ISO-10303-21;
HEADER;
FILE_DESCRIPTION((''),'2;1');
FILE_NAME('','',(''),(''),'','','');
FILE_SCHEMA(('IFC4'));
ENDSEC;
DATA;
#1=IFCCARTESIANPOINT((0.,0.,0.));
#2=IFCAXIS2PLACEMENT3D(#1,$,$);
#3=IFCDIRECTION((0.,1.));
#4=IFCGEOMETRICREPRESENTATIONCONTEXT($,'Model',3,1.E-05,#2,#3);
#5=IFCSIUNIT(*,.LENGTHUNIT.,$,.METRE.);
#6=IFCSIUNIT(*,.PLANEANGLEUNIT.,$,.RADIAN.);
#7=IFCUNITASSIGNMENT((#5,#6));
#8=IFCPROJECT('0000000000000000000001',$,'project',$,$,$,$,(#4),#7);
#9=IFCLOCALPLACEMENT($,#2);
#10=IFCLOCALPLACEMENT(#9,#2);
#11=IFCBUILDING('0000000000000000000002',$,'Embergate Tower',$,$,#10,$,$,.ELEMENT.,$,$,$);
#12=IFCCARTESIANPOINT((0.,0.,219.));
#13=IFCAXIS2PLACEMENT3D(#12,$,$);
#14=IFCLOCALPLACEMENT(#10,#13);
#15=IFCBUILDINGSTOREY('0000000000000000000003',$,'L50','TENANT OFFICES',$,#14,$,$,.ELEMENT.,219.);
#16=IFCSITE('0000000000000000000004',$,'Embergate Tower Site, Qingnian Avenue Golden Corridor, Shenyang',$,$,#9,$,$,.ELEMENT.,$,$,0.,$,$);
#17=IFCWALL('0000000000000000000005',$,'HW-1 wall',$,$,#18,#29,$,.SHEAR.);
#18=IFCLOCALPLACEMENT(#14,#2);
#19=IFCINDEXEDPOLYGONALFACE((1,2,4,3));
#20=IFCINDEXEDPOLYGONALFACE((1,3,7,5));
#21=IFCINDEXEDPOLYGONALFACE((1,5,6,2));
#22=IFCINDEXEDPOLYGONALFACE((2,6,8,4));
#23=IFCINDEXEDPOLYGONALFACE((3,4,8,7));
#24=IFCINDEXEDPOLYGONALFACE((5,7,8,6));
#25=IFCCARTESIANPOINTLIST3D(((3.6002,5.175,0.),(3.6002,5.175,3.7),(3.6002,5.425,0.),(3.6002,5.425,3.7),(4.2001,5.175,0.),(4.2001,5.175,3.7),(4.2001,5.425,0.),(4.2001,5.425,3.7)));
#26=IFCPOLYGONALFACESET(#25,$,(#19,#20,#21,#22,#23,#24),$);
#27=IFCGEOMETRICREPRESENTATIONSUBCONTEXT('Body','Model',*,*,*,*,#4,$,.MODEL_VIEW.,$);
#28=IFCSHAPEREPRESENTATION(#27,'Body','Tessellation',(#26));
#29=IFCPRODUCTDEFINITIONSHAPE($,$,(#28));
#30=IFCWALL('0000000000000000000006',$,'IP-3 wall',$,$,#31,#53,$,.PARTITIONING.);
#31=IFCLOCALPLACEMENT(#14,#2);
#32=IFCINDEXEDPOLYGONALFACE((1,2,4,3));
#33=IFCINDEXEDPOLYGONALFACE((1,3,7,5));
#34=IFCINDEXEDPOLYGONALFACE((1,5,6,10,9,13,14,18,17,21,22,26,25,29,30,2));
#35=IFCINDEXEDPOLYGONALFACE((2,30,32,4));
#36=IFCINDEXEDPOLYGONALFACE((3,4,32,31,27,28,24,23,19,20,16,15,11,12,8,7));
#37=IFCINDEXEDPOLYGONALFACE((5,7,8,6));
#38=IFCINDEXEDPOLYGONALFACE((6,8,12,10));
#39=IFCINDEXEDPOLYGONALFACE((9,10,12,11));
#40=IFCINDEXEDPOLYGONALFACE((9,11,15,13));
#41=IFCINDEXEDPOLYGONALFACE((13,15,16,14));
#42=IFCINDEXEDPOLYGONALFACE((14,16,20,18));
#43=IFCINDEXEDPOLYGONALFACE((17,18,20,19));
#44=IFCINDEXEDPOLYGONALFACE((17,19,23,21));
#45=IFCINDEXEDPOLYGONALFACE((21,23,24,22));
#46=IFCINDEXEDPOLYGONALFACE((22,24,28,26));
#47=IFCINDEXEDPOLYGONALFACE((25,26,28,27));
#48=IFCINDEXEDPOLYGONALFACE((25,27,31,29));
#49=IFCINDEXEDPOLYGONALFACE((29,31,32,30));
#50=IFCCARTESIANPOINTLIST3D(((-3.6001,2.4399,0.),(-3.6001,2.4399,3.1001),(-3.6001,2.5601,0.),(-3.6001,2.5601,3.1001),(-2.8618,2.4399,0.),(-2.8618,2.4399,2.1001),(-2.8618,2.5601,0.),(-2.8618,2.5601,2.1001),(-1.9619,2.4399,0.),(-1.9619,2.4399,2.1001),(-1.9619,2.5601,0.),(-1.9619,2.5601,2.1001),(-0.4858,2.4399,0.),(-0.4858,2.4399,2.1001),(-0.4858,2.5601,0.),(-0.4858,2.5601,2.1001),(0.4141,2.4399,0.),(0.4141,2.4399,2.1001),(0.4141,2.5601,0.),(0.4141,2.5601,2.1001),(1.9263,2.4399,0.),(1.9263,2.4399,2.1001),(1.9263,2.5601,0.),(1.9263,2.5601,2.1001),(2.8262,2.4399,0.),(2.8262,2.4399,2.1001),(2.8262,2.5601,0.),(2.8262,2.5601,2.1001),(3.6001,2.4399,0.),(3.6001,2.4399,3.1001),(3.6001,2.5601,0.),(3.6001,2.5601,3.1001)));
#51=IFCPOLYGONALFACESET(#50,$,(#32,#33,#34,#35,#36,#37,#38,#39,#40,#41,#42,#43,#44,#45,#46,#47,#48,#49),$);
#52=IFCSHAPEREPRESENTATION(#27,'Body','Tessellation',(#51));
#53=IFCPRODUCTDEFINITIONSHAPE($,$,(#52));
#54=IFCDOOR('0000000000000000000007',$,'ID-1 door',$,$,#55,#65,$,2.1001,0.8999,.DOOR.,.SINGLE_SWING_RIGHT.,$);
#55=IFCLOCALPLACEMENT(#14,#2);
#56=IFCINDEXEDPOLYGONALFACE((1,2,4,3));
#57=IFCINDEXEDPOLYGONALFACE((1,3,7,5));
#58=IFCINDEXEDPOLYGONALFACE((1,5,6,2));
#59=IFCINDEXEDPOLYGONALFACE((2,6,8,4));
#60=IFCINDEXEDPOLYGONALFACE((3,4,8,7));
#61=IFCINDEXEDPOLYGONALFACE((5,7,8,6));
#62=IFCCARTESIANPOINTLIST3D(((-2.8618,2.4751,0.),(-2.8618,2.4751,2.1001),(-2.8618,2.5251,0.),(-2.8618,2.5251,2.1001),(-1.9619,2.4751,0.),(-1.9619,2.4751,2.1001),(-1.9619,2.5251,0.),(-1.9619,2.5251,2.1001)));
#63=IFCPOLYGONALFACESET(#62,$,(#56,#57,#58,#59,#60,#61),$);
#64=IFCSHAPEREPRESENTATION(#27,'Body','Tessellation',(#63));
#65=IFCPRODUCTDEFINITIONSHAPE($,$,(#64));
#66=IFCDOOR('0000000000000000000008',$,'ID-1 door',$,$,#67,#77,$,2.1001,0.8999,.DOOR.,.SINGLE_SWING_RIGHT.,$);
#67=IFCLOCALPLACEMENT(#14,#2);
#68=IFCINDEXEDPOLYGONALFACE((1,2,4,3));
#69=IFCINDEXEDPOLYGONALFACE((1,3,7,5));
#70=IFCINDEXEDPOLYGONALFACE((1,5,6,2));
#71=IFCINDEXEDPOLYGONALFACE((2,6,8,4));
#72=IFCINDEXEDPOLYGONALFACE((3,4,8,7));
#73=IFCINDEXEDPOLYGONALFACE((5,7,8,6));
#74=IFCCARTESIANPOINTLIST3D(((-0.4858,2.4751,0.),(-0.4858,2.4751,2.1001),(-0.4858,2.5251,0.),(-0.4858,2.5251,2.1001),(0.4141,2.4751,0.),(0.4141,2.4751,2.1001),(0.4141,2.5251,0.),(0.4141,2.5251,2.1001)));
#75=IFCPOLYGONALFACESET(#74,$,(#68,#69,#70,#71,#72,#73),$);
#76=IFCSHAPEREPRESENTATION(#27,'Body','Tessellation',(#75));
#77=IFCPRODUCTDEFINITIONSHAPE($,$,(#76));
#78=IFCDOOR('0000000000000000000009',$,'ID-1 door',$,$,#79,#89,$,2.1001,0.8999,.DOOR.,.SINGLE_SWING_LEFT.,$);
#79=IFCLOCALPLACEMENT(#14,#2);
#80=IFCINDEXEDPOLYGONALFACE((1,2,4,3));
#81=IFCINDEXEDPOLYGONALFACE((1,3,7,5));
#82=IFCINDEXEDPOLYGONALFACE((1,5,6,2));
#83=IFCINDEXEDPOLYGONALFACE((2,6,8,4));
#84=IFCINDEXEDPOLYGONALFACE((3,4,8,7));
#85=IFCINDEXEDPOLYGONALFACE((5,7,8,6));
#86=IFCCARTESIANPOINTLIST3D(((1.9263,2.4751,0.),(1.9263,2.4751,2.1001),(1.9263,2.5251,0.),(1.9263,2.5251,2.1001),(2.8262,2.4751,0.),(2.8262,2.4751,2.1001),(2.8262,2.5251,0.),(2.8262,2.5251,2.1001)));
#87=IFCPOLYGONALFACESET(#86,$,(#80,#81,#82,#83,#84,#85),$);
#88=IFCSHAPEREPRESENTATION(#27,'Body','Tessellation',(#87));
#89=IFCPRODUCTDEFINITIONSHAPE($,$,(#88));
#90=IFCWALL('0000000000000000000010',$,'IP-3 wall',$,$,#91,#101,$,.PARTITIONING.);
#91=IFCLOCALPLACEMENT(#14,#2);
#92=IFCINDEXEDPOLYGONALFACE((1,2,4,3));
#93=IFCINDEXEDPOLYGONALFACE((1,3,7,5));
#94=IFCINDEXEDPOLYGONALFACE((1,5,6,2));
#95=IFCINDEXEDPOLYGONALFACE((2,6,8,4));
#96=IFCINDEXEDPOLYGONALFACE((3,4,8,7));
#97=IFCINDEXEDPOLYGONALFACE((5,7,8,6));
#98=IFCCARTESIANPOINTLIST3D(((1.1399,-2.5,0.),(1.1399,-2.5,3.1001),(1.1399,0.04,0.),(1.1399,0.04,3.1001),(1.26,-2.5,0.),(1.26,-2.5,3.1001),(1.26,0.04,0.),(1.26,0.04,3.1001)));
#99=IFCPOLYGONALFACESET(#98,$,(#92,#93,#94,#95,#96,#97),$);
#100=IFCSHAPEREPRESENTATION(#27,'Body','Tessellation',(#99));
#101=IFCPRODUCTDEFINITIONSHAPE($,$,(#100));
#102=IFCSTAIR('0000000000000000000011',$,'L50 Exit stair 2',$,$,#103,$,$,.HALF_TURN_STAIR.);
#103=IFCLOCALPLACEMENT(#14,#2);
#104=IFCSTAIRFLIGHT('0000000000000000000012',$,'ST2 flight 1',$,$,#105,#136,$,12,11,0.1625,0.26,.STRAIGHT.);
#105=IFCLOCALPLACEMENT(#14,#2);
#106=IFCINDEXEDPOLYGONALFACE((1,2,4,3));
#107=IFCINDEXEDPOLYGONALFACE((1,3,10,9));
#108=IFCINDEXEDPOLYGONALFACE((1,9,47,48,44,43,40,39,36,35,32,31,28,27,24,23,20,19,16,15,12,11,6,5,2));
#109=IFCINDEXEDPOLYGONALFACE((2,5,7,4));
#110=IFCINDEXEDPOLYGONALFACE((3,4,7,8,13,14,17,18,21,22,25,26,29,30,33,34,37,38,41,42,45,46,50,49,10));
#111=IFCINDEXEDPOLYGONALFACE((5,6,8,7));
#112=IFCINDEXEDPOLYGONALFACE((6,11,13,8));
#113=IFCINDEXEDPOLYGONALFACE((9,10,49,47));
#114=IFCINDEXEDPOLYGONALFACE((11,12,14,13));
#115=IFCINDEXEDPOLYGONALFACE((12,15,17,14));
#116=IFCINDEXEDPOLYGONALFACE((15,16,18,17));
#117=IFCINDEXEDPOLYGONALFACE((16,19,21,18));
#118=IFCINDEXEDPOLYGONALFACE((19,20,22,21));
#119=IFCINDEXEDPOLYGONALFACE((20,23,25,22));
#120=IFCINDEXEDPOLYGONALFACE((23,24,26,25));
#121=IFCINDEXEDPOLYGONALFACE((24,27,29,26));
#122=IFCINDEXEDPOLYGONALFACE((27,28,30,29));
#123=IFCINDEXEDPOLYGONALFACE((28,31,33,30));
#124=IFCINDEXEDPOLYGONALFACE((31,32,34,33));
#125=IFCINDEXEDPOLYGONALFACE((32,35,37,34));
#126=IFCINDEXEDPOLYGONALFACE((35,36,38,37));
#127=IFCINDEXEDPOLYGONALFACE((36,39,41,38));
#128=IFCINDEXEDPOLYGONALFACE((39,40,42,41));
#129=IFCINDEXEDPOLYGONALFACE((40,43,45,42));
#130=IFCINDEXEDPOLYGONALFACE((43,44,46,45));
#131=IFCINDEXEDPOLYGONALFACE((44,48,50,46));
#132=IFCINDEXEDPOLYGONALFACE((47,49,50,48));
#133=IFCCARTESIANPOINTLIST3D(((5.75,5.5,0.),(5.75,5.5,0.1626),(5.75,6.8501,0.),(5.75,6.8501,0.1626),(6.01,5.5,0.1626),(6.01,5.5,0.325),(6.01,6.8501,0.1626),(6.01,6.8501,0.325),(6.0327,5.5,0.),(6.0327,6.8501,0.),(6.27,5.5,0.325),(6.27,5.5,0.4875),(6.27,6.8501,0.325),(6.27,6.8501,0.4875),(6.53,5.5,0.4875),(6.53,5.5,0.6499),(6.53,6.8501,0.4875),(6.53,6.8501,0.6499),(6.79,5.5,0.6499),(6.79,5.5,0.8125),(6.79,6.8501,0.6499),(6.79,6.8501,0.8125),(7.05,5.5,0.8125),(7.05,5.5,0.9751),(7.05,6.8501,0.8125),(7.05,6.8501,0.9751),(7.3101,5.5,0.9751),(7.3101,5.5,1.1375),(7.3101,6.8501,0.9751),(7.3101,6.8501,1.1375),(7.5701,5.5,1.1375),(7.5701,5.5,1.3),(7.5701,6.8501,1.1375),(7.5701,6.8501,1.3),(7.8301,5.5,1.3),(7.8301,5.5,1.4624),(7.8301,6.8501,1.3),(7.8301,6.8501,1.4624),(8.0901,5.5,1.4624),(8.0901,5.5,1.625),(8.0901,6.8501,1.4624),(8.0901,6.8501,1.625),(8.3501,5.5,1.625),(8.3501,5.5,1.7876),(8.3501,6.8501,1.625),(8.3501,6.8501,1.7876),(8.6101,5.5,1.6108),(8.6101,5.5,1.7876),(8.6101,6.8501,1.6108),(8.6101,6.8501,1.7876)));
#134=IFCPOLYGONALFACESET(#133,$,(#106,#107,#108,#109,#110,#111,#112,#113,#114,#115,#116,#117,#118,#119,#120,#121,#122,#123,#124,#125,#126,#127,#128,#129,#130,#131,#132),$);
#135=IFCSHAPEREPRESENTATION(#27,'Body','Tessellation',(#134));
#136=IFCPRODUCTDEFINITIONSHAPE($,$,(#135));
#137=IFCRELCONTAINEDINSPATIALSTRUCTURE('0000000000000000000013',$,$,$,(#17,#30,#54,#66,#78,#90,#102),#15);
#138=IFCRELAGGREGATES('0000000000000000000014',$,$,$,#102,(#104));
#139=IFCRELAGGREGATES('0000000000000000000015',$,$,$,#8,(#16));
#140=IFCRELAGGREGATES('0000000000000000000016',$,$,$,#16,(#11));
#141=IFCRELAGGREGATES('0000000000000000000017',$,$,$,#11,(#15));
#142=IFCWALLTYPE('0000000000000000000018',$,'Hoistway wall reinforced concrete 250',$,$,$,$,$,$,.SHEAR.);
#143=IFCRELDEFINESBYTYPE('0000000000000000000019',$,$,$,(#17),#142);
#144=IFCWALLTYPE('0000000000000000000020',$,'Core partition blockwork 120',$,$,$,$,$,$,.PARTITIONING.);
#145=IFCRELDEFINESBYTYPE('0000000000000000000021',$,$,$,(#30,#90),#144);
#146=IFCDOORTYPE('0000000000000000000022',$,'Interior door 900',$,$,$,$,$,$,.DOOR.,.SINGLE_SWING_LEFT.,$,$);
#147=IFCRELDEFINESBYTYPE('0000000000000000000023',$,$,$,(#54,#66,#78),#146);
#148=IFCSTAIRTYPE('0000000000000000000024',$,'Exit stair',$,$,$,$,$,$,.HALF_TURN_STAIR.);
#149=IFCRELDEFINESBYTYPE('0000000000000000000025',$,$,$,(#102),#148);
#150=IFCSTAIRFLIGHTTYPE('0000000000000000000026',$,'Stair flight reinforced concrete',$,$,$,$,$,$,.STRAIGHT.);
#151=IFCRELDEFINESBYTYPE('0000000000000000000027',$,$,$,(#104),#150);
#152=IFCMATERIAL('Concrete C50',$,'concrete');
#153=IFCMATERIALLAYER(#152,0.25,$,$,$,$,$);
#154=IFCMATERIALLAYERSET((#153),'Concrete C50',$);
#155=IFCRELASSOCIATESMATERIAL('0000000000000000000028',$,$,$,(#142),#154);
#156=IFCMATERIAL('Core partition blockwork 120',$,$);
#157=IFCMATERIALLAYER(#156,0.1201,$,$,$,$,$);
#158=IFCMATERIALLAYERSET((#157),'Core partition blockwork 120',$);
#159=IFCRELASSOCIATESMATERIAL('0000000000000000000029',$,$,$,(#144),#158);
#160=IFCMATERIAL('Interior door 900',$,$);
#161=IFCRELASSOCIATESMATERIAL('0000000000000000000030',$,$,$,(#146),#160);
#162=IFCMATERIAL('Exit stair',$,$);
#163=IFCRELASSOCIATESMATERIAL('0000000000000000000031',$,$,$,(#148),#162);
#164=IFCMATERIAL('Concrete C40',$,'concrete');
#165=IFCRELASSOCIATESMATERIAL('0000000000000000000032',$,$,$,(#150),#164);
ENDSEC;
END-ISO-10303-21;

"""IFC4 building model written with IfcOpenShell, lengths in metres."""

from ifc_helpers import new_model, si_unit, direction, frame, frame_2d, origin, place, context, subcontext, project, spatial, polyline, rectangle, outline, extrude, source, transform, mapped, material, layer, layer_set, type_object, element, fill, aggregate, save


model = new_model("IFC4")

# Units and contexts
model_context = context("Model", 3, precision=1e-05, world=origin(), true_north=direction((0.0, 1.0)))
body_context = subcontext(model_context, "Body", "Model", "MODEL_VIEW")
ifc_project = project(units=[si_unit("LENGTHUNIT", "METRE"), si_unit("PLANEANGLEUNIT", "RADIAN")], contexts=[model_context])

# Site, building, storey
site_placement = place(None, origin())
site = spatial("IfcSite", under=ifc_project, at=site_placement, Name="Embergate Tower Site, Qingnian Avenue Golden Corridor, Shenyang", CompositionType="ELEMENT", RefElevation=0.0)
building_placement = place(site_placement, origin())
building = spatial("IfcBuilding", under=site, at=building_placement, Name="Embergate Tower", CompositionType="ELEMENT")
storey_placement = place(building_placement, frame((0.0, 0.0, 219.0)))
storey = spatial("IfcBuildingStorey", under=building, at=storey_placement, Name="L50", Description="TENANT OFFICES", CompositionType="ELEMENT", Elevation=219.0)

# Shared definitions
ifc_material_1 = material(Name="Concrete C50", Category="concrete")
ifc_layer_1 = layer(ifc_material_1, 0.25)
ifc_layer_set_1 = layer_set([ifc_layer_1], Name="Concrete C50")
wall_type_1 = type_object("IfcWallType", Name="Hoistway wall reinforced concrete 250", PredefinedType="SHEAR", material=ifc_layer_set_1)

# Shared definitions
ifc_material_2 = material(Name="Core partition blockwork 120")
ifc_layer_2 = layer(ifc_material_2, 0.1201)
ifc_layer_set_2 = layer_set([ifc_layer_2], Name="Core partition blockwork 120")
wall_type_2 = type_object("IfcWallType", Name="Core partition blockwork 120", PredefinedType="PARTITIONING", material=ifc_layer_set_2)

# Wall
shared_shape_1 = source(origin(), body_context, "Body", "SweptSolid", [
    extrude(rectangle(XDim=0.5999, YDim=0.25, at=frame_2d((0.2998, 0.0))), origin(), (0.0, 0.0, 1.0), 3.7),
])
wall_1_placement = place(storey_placement, frame((4.2, 5.3, 0.0), z_axis=(0.0, 0.0, 1.0), x_axis=(-1.0, 0.0, 0.0)))
element("IfcWall", 1, at=wall_1_placement, inside=storey, type_object=wall_type_1, Name="HW-1 wall", PredefinedType="SHEAR", context=body_context, shape_type="MappedRepresentation", body=[
    mapped(shared_shape_1, transform((0.0, 0.0, 0.0))),
])

# Wall, openings, doors
shared_shape_2 = source(origin(), body_context, "Body", "SweptSolid", [
    extrude(rectangle(XDim=7.2002, YDim=0.1201, at=frame_2d((3.6001, 0.0))), origin(), (0.0, 0.0, 1.0), 3.1001),
])
wall_2_placement = place(storey_placement, frame((3.6001, 2.5, 0.0), z_axis=(0.0, 0.0, 1.0), x_axis=(-1.0, 0.0, 0.0)))
wall_2 = element("IfcWall", 2, at=wall_2_placement, inside=storey, type_object=wall_type_2, Name="IP-3 wall", PredefinedType="PARTITIONING", context=body_context, shape_type="MappedRepresentation", body=[
    mapped(shared_shape_2, transform((0.0, 0.0, 0.0))),
])
shared_shape_3 = source(origin(), body_context, "Body", "SweptSolid", [
    extrude(rectangle(XDim=0.8999, YDim=2.1001, at=frame_2d((0.45, 1.05))), frame((0.0, 0.0701, 0.0), z_axis=(0.0, -1.0, 0.0), x_axis=(1.0, 0.0, 0.0)), (0.0, 0.0, 1.0), 0.1401),
])
opening_1_placement = place(wall_2_placement, frame((5.562, 0.0, 0.0)))
opening_1 = element("IfcOpeningElement", 3, at=opening_1_placement, cuts=wall_2, PredefinedType="OPENING", context=body_context, shape_type="MappedRepresentation", body=[
    mapped(shared_shape_3, transform((0.0, 0.0, 0.0))),
])
opening_2_placement = place(wall_2_placement, frame((3.186, 0.0, 0.0)))
opening_2 = element("IfcOpeningElement", 4, at=opening_2_placement, cuts=wall_2, PredefinedType="OPENING", context=body_context, shape_type="MappedRepresentation", body=[
    mapped(shared_shape_3, transform((0.0, 0.0, 0.0))),
])
opening_3_placement = place(wall_2_placement, frame((0.7739, 0.0, 0.0)))
opening_3 = element("IfcOpeningElement", 5, at=opening_3_placement, cuts=wall_2, PredefinedType="OPENING", context=body_context, shape_type="MappedRepresentation", body=[
    mapped(shared_shape_3, transform((0.0, 0.0, 0.0))),
])
ifc_material_3 = material(Name="Interior door 900")
door_type_1 = type_object("IfcDoorType", Name="Interior door 900", OperationType="SINGLE_SWING_LEFT", PredefinedType="DOOR", material=ifc_material_3)
shared_shape_4 = source(origin(), body_context, "Body", "SweptSolid", [
    extrude(rectangle(XDim=0.8999, YDim=2.1001, at=frame_2d((0.45, 1.05))), frame((0.0, 0.0249, 0.0), z_axis=(0.0, -1.0, 0.0), x_axis=(1.0, 0.0, 0.0)), (0.0, 0.0, 1.0), 0.05),
])
door_1_placement = place(opening_1_placement, origin())
door_1 = element("IfcDoor", 6, at=door_1_placement, inside=storey, type_object=door_type_1, Name="ID-1 door", OperationType="SINGLE_SWING_RIGHT", OverallHeight=2.1001, OverallWidth=0.8999, PredefinedType="DOOR", context=body_context, shape_type="MappedRepresentation", body=[
    mapped(shared_shape_4, transform((0.0, 0.0, 0.0))),
])
fill(opening_1, door_1)
door_2_placement = place(opening_2_placement, origin())
door_2 = element("IfcDoor", 7, at=door_2_placement, inside=storey, type_object=door_type_1, Name="ID-1 door", OperationType="SINGLE_SWING_RIGHT", OverallHeight=2.1001, OverallWidth=0.8999, PredefinedType="DOOR", context=body_context, shape_type="MappedRepresentation", body=[
    mapped(shared_shape_4, transform((0.0, 0.0, 0.0))),
])
fill(opening_2, door_2)
door_3_placement = place(opening_3_placement, origin())
door_3 = element("IfcDoor", 8, at=door_3_placement, inside=storey, type_object=door_type_1, Name="ID-1 door", OperationType="SINGLE_SWING_LEFT", OverallHeight=2.1001, OverallWidth=0.8999, PredefinedType="DOOR", context=body_context, shape_type="MappedRepresentation", body=[
    mapped(shared_shape_4, transform((0.0, 0.0, 0.0))),
])
fill(opening_3, door_3)

# Wall
shared_shape_5 = source(origin(), body_context, "Body", "SweptSolid", [
    extrude(rectangle(XDim=2.54, YDim=0.1201, at=frame_2d((1.27, 0.0))), origin(), (0.0, 0.0, 1.0), 3.1001),
])
wall_3_placement = place(storey_placement, frame((1.2, 0.04, 0.0), z_axis=(0.0, 0.0, 1.0), x_axis=(0.0, -1.0, 0.0)))
element("IfcWall", 9, at=wall_3_placement, inside=storey, type_object=wall_type_2, Name="IP-3 wall", PredefinedType="PARTITIONING", context=body_context, shape_type="MappedRepresentation", body=[
    mapped(shared_shape_5, transform((0.0, 0.0, 0.0))),
])

# Stair, stair flight
ifc_material_4 = material(Name="Exit stair")
stair_type = type_object("IfcStairType", Name="Exit stair", PredefinedType="HALF_TURN_STAIR", material=ifc_material_4)
stair_placement = place(storey_placement, origin())
stair = element("IfcStair", 10, at=stair_placement, inside=storey, type_object=stair_type, Name="L50 Exit stair 2", PredefinedType="HALF_TURN_STAIR")
ifc_material_5 = material(Name="Concrete C40", Category="concrete")
stair_flight_type = type_object("IfcStairFlightType", Name="Stair flight reinforced concrete", PredefinedType="STRAIGHT", material=ifc_material_5)
shared_shape_6 = source(origin(), body_context, "Body", "SweptSolid", [
    extrude(outline(polyline([(0.0, 0.0), (0.0, 0.1626), (0.26, 0.1626), (0.26, 0.325), (0.52, 0.325), (0.52, 0.4875), (0.78, 0.4875), (0.78, 0.6499), (1.04, 0.6499), (1.04, 0.8125), (1.3, 0.8125), (1.3, 0.9751), (1.5601, 0.9751), (1.5601, 1.1375), (1.8201, 1.1375), (1.8201, 1.3), (2.0801, 1.3), (2.0801, 1.4624), (2.3401, 1.4624), (2.3401, 1.625), (2.6001, 1.625), (2.6001, 1.7876), (2.8601, 1.7876), (2.8601, 1.95), (2.8601, 1.6108), (0.2827, 0.0), (0.0, 0.0)])), frame((0.0, 0.675, 0.0), z_axis=(0.0, -1.0, 0.0), x_axis=(1.0, 0.0, 0.0)), (0.0, 0.0, 1.0), 1.3501),
])
stair_flight_placement = place(storey_placement, frame((5.75, 6.175, 0.0), z_axis=(0.0, 0.0, 1.0), x_axis=(1.0, 0.0, 0.0)))
stair_flight = element("IfcStairFlight", 11, at=stair_flight_placement, type_object=stair_flight_type, Name="ST2 flight 1", NumberOfRisers=12, NumberOfTreads=11, PredefinedType="STRAIGHT", RiserHeight=0.1625, TreadLength=0.26, context=body_context, shape_type="MappedRepresentation", body=[
    mapped(shared_shape_6, transform((0.0, 0.0, 0.0))),
])
aggregate(stair, [stair_flight])

save(model, "model.ifc")
